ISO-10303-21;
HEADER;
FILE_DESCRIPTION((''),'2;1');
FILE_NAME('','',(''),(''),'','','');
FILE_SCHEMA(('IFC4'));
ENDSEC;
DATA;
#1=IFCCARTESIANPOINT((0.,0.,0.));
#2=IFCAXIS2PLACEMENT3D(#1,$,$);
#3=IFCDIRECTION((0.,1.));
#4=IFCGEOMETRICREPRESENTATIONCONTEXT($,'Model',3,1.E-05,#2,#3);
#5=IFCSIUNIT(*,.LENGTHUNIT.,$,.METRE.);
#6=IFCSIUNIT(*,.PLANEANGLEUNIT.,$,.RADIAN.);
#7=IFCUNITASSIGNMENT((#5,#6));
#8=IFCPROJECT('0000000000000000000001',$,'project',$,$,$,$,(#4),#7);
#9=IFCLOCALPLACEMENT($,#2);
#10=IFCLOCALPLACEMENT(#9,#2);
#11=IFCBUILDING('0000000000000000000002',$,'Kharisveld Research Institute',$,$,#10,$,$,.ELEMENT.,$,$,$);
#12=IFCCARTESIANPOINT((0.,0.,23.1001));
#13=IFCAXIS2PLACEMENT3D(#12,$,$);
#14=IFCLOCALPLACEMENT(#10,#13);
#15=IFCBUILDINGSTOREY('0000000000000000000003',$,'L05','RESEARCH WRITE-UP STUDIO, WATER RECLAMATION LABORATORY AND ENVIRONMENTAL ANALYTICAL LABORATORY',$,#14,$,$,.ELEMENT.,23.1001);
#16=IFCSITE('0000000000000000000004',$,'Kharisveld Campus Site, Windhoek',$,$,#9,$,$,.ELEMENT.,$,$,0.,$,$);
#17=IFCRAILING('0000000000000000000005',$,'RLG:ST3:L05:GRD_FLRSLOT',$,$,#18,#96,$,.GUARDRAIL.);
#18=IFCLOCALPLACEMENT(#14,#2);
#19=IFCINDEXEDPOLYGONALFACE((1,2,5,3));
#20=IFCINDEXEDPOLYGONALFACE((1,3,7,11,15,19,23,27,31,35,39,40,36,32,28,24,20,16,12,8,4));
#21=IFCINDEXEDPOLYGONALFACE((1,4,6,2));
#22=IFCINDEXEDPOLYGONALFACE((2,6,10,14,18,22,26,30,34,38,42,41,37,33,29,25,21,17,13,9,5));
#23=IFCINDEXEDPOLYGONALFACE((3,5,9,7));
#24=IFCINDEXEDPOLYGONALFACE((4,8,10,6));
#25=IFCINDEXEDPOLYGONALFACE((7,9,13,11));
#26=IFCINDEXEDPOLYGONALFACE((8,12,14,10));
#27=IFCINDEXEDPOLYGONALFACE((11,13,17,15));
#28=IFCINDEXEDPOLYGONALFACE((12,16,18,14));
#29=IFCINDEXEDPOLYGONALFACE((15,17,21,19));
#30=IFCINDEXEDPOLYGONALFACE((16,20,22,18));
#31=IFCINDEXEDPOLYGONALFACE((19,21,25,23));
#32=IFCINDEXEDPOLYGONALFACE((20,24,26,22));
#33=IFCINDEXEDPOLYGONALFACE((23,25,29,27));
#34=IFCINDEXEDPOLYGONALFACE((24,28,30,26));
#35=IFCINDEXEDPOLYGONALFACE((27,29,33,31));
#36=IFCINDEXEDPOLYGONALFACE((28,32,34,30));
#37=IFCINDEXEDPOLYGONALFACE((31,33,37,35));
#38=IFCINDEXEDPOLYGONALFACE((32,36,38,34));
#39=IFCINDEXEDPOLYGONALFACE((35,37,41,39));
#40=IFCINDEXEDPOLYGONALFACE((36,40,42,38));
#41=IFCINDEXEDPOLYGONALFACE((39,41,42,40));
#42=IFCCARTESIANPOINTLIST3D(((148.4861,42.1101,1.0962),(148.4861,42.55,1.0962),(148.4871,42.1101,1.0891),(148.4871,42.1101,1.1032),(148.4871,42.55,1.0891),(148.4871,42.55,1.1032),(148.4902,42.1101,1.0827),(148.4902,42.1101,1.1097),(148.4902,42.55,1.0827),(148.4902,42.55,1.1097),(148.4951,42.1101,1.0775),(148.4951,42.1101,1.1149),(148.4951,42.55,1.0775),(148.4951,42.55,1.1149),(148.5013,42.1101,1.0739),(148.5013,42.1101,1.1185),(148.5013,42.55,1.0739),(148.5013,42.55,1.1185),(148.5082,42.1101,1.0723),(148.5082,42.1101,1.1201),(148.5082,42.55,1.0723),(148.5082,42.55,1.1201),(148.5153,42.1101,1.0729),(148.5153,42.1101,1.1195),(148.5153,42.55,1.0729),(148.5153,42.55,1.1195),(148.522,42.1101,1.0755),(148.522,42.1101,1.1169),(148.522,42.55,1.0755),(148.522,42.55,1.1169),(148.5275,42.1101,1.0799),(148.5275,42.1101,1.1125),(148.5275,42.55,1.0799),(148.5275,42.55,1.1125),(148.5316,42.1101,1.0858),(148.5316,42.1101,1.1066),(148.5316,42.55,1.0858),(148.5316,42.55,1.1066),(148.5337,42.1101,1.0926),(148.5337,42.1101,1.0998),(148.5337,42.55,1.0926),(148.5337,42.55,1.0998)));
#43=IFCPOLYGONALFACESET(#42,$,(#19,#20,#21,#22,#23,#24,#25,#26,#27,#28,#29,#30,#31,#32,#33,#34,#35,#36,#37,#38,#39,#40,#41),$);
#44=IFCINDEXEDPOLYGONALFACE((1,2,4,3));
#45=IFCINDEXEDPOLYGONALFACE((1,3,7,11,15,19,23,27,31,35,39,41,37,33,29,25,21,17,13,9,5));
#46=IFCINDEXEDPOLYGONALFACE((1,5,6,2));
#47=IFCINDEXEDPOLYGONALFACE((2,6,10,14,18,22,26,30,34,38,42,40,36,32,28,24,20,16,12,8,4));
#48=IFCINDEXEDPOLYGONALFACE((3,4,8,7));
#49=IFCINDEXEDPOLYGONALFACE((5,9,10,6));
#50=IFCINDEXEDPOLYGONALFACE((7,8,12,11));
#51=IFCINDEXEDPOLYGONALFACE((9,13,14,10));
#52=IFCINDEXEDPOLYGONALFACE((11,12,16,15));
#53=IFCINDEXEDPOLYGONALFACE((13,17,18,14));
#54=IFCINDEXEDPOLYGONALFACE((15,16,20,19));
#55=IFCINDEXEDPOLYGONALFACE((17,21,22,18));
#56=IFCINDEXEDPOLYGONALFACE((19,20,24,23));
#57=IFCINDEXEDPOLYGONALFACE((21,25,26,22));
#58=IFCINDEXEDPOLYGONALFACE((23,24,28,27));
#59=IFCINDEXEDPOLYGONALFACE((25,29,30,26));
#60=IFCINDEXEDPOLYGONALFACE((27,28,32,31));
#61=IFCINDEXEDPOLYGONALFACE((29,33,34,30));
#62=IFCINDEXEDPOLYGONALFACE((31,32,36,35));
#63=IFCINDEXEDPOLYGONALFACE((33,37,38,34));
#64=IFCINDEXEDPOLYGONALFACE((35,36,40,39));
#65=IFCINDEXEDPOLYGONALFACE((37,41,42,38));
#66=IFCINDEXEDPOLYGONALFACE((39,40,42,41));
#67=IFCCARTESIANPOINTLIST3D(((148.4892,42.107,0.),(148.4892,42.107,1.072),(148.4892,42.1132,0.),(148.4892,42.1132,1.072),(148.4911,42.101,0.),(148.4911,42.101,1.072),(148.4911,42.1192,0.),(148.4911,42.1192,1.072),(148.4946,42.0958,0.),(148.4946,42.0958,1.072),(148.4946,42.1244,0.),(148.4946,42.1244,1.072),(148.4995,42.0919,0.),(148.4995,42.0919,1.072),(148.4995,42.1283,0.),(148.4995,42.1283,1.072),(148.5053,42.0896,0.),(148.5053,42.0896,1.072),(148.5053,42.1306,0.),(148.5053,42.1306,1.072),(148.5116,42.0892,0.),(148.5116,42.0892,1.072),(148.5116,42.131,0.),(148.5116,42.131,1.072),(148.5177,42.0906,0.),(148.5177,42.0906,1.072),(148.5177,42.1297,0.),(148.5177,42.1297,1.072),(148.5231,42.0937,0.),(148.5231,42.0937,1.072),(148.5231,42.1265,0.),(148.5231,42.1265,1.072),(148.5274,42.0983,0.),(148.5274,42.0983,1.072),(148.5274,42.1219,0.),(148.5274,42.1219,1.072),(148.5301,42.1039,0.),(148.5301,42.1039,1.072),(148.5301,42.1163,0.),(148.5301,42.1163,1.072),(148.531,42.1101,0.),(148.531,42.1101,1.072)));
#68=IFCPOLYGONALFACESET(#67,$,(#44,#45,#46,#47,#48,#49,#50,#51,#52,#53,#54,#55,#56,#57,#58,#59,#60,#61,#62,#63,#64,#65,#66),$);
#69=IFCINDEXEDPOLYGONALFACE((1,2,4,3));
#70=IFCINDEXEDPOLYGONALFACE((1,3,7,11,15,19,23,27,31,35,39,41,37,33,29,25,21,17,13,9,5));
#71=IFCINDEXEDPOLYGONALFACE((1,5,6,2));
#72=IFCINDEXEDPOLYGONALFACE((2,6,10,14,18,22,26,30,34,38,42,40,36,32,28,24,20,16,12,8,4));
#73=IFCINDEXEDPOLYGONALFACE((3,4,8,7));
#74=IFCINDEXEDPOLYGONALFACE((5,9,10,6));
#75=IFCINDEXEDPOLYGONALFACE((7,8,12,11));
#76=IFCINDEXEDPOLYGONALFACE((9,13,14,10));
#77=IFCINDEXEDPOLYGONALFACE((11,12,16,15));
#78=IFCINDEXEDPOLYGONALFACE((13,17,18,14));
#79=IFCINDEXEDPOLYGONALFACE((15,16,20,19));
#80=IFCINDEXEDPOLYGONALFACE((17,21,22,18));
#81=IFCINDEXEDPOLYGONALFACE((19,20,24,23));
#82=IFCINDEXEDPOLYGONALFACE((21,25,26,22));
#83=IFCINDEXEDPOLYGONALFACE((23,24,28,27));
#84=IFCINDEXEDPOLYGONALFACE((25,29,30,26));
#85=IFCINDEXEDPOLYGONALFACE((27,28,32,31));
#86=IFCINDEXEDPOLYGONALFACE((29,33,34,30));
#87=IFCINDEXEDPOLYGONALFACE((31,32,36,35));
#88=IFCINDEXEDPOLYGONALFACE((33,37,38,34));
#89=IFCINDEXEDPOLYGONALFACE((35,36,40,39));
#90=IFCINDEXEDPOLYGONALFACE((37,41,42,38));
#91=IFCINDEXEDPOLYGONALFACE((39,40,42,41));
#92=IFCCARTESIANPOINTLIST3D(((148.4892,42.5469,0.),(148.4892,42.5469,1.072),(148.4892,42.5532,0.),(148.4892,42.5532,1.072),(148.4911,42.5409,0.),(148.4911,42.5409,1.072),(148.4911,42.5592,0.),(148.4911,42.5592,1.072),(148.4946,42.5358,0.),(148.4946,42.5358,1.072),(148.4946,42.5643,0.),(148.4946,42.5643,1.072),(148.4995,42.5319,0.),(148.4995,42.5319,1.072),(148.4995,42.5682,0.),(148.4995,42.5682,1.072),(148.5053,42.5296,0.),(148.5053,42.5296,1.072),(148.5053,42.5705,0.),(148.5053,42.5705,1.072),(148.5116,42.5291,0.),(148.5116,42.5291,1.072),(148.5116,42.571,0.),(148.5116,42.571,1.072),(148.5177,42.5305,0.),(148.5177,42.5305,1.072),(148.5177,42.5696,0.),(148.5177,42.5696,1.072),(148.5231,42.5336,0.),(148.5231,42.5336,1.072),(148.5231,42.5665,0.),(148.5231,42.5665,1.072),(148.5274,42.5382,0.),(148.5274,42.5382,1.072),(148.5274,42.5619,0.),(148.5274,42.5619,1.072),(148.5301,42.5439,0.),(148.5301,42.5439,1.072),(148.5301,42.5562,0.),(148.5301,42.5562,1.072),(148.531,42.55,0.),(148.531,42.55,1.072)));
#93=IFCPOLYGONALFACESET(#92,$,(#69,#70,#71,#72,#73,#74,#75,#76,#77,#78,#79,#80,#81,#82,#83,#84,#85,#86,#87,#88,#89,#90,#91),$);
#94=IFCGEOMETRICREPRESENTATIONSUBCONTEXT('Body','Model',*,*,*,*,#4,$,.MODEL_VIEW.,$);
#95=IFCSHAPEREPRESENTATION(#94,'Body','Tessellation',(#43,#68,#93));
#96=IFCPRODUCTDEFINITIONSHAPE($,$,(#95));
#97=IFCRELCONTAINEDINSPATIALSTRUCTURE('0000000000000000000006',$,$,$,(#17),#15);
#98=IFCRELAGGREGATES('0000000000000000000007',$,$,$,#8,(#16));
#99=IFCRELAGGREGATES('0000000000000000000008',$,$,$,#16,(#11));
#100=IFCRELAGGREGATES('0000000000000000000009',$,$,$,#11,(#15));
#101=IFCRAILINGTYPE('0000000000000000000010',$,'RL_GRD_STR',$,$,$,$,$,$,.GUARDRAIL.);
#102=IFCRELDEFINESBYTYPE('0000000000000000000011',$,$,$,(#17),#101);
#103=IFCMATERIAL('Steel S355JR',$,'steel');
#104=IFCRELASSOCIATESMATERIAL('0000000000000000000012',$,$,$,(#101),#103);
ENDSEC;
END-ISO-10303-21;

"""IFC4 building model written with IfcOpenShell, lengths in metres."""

from ifc_helpers import new_model, si_unit, direction, frame, origin, origin_2d, place, context, subcontext, project, spatial, circle, extrude, material, type_object, element, save


model = new_model("IFC4")

# Units and contexts
model_context = context("Model", 3, precision=1e-05, world=origin(), true_north=direction((0.0, 1.0)))
body_context = subcontext(model_context, "Body", "Model", "MODEL_VIEW")
ifc_project = project(units=[si_unit("LENGTHUNIT", "METRE"), si_unit("PLANEANGLEUNIT", "RADIAN")], contexts=[model_context])

# Site, building, storey
site_placement = place(None, origin())
site = spatial("IfcSite", under=ifc_project, at=site_placement, Name="Kharisveld Campus Site, Windhoek", CompositionType="ELEMENT", RefElevation=0.0)
building_placement = place(site_placement, origin())
building = spatial("IfcBuilding", under=site, at=building_placement, Name="Kharisveld Research Institute", CompositionType="ELEMENT")
storey_placement = place(building_placement, frame((0.0, 0.0, 23.1001)))
storey = spatial("IfcBuildingStorey", under=building, at=storey_placement, Name="L05", Description="RESEARCH WRITE-UP STUDIO, WATER RECLAMATION LABORATORY AND ENVIRONMENTAL ANALYTICAL LABORATORY", CompositionType="ELEMENT", Elevation=23.1001)

# Railing
ifc_material_1 = material(Name="Steel S355JR", Category="steel")
railing_type_1 = type_object("IfcRailingType", Name="RL_GRD_STR", PredefinedType="GUARDRAIL", material=ifc_material_1)
railing_1_placement = place(storey_placement, frame((148.51, 42.1101, 0.0)))
element("IfcRailing", 1, at=railing_1_placement, inside=storey, type_object=railing_type_1, Name="RLG:ST3:L05:GRD_FLRSLOT", PredefinedType="GUARDRAIL", context=body_context, shape_type="SweptSolid", body=[
    extrude(circle(Radius=0.0239, at=origin_2d()), frame((0.0, 0.0, 1.0962), z_axis=(0.0, 1.0, 0.0), x_axis=(-1.0, 0.0, 0.0)), (0.0, 0.0, 1.0), 0.4399),
    extrude(circle(Radius=0.021, at=origin_2d()), origin(), (0.0, 0.0, 1.0), 1.072),
    extrude(circle(Radius=0.021, at=origin_2d()), frame((0.0, 0.4399, 0.0)), (0.0, 0.0, 1.0), 1.072),
])

save(model, "model.ifc")
